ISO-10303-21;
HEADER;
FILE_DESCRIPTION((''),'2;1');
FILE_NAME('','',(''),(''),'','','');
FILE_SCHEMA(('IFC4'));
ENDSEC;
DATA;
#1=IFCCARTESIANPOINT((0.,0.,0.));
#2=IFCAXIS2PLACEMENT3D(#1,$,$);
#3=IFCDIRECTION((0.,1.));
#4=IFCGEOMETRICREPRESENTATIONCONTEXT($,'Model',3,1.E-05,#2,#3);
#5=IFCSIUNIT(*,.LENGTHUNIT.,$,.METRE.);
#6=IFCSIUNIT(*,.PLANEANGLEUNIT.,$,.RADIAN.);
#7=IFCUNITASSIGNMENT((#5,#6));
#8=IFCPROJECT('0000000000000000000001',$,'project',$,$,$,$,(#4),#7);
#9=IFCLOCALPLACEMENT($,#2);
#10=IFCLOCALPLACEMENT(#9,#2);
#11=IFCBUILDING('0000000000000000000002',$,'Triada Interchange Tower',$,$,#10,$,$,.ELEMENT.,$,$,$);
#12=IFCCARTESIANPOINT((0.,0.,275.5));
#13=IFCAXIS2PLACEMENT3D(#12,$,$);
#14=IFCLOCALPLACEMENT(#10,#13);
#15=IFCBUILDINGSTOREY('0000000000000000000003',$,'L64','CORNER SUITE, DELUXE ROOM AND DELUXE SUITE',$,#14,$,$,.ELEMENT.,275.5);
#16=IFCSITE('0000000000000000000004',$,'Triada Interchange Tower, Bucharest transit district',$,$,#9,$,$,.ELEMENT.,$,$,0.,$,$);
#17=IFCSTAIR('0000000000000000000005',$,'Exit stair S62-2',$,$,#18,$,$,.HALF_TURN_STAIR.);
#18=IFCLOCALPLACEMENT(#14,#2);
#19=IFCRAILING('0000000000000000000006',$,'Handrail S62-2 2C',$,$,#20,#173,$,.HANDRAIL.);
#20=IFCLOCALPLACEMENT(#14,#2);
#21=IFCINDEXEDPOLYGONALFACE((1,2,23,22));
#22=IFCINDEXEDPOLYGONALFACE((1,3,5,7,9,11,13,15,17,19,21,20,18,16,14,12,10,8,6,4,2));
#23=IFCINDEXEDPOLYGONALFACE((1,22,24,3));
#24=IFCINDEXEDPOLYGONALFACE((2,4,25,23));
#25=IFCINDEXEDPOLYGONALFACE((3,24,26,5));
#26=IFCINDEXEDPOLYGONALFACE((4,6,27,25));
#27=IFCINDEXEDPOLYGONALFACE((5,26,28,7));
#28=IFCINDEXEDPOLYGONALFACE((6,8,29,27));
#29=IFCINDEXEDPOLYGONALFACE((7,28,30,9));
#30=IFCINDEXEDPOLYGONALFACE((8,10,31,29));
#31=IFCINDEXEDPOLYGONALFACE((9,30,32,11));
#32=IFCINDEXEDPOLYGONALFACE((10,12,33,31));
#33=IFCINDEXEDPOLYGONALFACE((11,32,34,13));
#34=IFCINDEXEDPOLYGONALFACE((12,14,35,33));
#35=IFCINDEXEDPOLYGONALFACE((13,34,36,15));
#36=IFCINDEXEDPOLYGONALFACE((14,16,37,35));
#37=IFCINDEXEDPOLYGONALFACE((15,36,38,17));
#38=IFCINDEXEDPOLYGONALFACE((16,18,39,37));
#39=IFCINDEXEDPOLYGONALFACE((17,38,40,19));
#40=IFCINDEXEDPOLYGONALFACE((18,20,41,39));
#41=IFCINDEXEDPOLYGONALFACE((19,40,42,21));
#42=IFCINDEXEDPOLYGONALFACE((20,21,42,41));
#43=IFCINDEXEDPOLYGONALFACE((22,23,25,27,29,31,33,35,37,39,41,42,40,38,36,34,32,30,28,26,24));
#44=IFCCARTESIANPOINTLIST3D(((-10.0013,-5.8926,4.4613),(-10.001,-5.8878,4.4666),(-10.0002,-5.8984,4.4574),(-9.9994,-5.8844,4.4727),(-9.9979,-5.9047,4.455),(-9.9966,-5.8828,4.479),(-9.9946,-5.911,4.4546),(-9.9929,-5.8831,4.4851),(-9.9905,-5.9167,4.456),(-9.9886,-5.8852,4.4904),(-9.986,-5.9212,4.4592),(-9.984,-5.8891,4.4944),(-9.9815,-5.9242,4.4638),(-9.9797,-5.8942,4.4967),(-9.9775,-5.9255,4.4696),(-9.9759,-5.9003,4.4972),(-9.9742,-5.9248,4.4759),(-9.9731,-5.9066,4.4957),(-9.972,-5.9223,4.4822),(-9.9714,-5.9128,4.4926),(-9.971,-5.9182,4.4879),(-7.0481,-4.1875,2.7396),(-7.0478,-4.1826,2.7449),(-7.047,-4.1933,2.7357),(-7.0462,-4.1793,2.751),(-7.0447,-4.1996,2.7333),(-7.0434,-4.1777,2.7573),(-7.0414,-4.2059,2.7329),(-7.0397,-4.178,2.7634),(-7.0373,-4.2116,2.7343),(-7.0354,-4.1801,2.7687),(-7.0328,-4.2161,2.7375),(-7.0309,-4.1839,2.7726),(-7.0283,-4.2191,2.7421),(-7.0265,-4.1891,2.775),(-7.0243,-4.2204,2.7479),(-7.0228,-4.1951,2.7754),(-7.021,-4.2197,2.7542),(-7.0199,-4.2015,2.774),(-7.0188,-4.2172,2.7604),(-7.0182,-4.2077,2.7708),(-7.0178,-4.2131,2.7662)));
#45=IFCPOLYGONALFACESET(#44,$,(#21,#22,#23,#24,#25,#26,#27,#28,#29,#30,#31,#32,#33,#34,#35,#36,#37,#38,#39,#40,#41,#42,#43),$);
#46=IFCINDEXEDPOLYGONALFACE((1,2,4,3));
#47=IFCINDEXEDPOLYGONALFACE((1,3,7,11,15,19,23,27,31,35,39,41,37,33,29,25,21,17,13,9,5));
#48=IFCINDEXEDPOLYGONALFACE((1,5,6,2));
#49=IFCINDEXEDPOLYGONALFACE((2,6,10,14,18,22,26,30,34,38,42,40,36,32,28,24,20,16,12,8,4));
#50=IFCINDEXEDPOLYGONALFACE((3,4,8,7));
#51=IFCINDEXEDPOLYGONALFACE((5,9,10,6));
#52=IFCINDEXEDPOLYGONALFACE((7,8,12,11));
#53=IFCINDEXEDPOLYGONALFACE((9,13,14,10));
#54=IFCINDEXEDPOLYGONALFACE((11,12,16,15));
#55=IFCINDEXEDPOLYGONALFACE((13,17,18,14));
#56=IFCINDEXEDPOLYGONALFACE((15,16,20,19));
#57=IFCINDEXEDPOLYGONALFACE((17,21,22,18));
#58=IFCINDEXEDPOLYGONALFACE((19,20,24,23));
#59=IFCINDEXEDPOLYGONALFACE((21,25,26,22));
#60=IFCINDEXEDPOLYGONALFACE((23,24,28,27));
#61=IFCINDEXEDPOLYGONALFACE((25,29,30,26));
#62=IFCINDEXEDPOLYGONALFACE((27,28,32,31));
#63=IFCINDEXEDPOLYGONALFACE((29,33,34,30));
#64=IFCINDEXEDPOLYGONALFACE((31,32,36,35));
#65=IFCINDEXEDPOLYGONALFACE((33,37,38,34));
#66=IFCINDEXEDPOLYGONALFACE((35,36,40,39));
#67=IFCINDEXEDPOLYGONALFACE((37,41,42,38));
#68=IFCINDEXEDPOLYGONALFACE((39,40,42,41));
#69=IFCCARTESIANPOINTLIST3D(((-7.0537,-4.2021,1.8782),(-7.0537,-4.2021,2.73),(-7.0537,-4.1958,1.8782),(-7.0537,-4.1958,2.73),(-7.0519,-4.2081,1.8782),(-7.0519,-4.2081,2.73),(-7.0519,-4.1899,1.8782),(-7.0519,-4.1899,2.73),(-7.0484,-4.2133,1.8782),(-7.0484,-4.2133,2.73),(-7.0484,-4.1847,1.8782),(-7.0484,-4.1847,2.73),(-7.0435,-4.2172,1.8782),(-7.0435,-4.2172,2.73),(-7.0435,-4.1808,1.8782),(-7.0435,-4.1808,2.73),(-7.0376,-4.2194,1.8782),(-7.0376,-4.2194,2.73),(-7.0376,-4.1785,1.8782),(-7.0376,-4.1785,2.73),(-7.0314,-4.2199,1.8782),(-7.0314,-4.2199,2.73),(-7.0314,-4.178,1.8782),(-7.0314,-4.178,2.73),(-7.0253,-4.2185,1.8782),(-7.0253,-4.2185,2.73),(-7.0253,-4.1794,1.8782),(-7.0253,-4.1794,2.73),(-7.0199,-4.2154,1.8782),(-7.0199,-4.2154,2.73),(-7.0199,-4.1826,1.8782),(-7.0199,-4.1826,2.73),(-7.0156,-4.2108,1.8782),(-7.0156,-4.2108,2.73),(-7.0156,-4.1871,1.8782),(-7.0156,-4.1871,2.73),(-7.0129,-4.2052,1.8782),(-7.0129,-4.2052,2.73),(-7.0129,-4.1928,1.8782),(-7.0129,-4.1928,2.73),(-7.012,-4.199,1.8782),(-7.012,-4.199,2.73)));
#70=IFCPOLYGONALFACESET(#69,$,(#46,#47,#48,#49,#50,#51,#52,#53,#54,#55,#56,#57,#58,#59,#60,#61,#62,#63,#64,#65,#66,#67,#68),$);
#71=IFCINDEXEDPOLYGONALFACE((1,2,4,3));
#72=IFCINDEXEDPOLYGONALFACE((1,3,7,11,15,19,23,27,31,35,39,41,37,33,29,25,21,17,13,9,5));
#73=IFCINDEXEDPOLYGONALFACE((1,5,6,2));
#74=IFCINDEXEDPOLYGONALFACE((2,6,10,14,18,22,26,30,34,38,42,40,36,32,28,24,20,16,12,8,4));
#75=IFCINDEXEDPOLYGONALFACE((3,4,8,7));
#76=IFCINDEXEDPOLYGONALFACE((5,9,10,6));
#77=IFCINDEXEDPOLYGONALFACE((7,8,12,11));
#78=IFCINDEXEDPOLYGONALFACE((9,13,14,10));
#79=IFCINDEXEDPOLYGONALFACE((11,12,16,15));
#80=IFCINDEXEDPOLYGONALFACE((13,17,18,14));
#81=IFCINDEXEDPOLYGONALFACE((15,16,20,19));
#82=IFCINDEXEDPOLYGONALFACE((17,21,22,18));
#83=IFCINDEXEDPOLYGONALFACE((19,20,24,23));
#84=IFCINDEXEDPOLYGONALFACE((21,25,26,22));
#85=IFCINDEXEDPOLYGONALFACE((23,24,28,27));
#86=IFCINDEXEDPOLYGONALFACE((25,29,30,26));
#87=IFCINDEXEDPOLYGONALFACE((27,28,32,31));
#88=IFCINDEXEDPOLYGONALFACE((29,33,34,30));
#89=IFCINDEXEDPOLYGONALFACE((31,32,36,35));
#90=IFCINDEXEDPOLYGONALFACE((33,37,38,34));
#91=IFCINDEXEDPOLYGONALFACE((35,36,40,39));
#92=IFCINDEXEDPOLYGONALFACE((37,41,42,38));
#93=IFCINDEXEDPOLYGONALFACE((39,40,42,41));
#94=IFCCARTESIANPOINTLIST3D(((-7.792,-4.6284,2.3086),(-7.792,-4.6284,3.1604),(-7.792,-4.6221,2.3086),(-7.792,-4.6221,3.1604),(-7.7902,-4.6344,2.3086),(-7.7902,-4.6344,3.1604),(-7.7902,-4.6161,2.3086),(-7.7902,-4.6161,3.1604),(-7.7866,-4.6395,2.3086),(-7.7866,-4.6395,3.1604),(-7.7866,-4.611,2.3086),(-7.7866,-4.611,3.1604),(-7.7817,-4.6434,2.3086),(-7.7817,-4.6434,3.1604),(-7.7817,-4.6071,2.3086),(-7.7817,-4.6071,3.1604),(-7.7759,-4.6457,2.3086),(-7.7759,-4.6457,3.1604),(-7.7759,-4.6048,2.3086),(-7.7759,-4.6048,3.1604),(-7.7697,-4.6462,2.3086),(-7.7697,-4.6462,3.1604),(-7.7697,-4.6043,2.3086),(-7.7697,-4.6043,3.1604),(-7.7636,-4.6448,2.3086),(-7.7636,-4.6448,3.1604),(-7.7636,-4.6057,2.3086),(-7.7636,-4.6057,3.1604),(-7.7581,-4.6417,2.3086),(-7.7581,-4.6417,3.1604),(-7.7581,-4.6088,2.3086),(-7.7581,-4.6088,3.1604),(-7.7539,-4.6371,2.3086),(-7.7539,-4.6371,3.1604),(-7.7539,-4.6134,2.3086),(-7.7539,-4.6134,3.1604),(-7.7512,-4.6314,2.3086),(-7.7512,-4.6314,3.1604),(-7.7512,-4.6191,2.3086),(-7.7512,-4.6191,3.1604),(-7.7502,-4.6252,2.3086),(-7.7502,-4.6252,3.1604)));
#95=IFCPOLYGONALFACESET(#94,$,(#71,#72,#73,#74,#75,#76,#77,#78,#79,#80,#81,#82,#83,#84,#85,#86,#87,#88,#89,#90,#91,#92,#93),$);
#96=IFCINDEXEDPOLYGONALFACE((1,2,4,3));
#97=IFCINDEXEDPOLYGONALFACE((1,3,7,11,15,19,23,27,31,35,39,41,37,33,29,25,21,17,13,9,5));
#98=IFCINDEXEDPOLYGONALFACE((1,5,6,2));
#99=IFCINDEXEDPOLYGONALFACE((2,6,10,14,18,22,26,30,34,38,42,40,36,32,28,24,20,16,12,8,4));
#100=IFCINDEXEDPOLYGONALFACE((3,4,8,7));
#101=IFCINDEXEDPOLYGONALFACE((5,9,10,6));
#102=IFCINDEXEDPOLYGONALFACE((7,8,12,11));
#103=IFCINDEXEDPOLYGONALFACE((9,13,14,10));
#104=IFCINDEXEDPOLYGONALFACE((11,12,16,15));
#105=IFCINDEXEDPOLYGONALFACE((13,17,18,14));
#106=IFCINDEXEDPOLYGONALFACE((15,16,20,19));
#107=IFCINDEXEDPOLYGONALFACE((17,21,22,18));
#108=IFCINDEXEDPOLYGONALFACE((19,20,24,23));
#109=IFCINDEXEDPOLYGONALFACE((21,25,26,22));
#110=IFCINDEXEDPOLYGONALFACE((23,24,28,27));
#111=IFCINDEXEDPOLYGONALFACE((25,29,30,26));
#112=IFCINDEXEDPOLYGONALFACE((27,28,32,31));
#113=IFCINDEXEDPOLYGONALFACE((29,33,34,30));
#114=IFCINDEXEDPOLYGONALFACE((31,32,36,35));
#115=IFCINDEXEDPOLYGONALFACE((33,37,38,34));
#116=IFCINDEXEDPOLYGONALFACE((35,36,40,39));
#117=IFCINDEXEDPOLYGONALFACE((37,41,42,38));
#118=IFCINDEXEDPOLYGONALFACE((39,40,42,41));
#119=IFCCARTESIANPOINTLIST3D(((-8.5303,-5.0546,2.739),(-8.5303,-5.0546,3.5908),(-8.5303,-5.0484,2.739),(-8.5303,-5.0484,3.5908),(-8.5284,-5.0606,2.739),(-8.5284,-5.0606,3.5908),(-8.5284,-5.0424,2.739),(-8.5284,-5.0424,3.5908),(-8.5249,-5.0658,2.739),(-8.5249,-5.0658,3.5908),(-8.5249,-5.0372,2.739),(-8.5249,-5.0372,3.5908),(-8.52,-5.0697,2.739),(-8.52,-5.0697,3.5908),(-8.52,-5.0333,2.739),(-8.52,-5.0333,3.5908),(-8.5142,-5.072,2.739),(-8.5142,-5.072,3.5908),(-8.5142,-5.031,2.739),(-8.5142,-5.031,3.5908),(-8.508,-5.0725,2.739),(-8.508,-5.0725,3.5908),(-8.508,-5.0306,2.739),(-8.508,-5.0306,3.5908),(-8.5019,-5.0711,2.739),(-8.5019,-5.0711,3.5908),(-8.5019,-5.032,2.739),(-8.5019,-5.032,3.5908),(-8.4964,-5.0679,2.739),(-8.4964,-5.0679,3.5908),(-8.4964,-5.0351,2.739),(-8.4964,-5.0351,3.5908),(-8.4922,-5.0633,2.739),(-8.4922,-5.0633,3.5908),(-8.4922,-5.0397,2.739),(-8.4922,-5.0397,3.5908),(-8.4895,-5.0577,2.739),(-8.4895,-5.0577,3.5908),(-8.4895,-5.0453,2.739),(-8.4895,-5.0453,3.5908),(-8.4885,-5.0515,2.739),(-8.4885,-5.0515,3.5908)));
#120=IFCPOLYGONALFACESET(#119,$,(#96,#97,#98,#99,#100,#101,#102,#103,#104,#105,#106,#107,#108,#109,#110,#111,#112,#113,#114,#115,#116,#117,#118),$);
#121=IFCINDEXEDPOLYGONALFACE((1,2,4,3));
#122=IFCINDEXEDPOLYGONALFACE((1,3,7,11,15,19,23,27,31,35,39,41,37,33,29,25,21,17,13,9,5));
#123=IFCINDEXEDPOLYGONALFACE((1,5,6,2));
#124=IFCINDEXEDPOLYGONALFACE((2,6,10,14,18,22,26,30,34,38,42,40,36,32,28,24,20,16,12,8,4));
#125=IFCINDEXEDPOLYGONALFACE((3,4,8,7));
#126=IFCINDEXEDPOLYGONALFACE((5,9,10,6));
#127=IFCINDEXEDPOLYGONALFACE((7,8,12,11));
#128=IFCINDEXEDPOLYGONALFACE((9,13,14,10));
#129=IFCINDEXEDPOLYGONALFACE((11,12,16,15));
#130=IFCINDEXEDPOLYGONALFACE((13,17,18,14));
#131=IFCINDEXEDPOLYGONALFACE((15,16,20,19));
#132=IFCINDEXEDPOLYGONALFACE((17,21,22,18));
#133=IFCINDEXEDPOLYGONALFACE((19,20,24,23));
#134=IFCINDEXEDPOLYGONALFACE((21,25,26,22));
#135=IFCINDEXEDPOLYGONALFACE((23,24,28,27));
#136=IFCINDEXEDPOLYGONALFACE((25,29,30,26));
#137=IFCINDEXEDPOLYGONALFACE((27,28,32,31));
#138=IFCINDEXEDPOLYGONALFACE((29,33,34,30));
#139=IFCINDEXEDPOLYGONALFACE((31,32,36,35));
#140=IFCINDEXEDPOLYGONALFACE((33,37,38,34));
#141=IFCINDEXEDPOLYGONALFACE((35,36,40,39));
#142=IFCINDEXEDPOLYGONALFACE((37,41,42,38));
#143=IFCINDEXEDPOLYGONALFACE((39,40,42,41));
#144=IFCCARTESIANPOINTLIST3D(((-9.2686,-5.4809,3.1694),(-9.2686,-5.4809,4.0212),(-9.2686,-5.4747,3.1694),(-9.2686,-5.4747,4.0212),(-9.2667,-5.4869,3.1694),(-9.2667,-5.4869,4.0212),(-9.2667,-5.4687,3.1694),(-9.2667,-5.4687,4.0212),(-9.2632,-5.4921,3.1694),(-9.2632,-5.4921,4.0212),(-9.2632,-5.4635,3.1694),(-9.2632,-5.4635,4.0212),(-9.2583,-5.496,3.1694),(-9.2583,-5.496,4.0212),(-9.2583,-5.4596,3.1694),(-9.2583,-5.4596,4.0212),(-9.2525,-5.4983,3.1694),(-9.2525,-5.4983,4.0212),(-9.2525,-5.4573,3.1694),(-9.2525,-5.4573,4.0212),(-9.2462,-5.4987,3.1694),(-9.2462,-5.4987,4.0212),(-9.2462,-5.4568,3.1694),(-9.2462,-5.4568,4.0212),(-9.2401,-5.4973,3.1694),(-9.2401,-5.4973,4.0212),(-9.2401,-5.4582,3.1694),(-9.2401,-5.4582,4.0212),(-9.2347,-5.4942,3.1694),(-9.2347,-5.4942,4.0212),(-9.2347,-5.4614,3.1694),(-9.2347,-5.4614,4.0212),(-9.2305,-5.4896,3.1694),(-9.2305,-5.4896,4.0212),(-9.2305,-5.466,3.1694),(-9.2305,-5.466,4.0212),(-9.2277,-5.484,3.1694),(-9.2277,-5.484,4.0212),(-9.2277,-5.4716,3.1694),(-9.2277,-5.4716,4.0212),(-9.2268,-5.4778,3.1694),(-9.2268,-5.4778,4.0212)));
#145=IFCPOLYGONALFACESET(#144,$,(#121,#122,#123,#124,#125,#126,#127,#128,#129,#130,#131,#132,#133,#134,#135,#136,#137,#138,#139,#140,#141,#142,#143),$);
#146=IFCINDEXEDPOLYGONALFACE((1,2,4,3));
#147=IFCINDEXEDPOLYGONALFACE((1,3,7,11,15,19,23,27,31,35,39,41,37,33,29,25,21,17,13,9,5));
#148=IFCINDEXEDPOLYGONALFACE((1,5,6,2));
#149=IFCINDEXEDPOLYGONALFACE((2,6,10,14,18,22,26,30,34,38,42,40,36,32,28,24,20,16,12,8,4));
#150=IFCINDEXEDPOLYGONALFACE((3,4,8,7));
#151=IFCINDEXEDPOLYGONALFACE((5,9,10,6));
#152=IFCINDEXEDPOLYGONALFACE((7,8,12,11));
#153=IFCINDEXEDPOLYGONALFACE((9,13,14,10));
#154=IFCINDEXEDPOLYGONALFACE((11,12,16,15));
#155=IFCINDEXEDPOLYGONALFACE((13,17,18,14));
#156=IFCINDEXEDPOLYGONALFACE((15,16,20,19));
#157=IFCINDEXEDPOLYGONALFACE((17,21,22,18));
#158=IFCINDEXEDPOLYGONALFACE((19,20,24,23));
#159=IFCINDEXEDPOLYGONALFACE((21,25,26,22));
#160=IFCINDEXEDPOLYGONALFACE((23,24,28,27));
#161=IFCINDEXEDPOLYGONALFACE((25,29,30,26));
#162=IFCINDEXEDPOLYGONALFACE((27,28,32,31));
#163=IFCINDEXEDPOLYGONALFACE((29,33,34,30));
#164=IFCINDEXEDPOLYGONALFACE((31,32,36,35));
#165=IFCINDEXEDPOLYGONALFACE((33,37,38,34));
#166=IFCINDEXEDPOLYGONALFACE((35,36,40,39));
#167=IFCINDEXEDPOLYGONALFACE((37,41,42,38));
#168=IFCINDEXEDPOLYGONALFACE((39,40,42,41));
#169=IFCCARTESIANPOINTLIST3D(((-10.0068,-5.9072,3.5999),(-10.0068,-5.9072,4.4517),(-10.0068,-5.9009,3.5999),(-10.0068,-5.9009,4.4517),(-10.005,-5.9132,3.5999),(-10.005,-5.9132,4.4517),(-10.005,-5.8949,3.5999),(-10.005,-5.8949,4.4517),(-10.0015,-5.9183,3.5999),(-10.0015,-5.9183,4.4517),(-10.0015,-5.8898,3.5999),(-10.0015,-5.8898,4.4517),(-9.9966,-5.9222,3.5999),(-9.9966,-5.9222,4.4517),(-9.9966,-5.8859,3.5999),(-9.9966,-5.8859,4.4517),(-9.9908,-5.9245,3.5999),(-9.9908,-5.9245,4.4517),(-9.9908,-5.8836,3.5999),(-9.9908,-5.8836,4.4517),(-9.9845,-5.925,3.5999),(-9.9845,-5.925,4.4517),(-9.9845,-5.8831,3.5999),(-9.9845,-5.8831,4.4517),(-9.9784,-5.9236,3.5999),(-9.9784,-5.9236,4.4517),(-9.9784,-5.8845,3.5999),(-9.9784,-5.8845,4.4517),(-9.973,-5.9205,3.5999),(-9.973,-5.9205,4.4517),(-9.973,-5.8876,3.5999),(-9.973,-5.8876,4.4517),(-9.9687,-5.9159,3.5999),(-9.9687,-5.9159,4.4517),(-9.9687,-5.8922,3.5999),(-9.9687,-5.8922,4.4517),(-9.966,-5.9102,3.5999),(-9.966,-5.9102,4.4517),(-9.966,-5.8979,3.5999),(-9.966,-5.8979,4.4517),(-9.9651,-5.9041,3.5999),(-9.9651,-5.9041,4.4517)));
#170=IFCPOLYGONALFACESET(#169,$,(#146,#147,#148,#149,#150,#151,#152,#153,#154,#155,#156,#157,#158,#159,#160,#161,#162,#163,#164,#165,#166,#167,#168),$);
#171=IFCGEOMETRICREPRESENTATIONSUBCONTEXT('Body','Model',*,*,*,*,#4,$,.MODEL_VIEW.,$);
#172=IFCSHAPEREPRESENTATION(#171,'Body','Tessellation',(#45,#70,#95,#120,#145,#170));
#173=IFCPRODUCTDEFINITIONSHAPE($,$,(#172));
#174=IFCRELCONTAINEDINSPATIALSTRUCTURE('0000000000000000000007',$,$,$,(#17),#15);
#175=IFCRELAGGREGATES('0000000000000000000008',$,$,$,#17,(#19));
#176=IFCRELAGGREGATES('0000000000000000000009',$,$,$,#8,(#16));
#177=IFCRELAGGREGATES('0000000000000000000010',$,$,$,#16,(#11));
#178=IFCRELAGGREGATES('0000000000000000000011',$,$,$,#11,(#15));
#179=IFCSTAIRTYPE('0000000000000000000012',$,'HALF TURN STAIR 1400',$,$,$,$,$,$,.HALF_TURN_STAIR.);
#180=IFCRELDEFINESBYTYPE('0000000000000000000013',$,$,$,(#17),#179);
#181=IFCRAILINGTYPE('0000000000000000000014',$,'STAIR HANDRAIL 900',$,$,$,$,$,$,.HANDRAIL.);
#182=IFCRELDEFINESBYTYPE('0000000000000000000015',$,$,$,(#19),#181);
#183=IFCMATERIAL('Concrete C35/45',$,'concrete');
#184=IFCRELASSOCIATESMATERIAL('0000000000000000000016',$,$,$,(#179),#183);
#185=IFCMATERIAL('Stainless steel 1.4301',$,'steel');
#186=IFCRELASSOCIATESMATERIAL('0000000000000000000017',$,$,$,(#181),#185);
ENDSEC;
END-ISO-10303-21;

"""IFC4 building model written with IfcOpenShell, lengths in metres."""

from ifc_helpers import new_model, si_unit, direction, frame, origin, origin_2d, place, context, subcontext, project, spatial, circle, extrude, material, type_object, element, aggregate, save


model = new_model("IFC4")

# Units and contexts
model_context = context("Model", 3, precision=1e-05, world=origin(), true_north=direction((0.0, 1.0)))
body_context = subcontext(model_context, "Body", "Model", "MODEL_VIEW")
ifc_project = project(units=[si_unit("LENGTHUNIT", "METRE"), si_unit("PLANEANGLEUNIT", "RADIAN")], contexts=[model_context])

# Site, building, storey
site_placement = place(None, origin())
site = spatial("IfcSite", under=ifc_project, at=site_placement, Name="Triada Interchange Tower, Bucharest transit district", CompositionType="ELEMENT", RefElevation=0.0)
building_placement = place(site_placement, origin())
building = spatial("IfcBuilding", under=site, at=building_placement, Name="Triada Interchange Tower", CompositionType="ELEMENT")
storey_placement = place(building_placement, frame((0.0, 0.0, 275.5)))
storey = spatial("IfcBuildingStorey", under=building, at=storey_placement, Name="L64", Description="CORNER SUITE, DELUXE ROOM AND DELUXE SUITE", CompositionType="ELEMENT", Elevation=275.5)

# Stair, railing
ifc_material_1 = material(Name="Concrete C35/45", Category="concrete")
stair_type = type_object("IfcStairType", Name="HALF TURN STAIR 1400", PredefinedType="HALF_TURN_STAIR", material=ifc_material_1)
stair_placement = place(storey_placement, origin())
stair = element("IfcStair", 1, at=stair_placement, inside=storey, type_object=stair_type, Name="Exit stair S62-2", PredefinedType="HALF_TURN_STAIR")
ifc_material_2 = material(Name="Stainless steel 1.4301", Category="steel")
railing_type = type_object("IfcRailingType", Name="STAIR HANDRAIL 900", PredefinedType="HANDRAIL", material=ifc_material_2)
railing_1_placement = place(storey_placement, frame((-7.033, -4.199, 1.8782)))
railing_1 = element("IfcRailing", 2, at=railing_1_placement, type_object=railing_type, Name="Handrail S62-2 2C", PredefinedType="HANDRAIL", context=body_context, shape_type="SweptSolid", body=[
    extrude(circle(Radius=0.0239, at=origin_2d()), frame((0.0, 0.0, 0.876), z_axis=(-0.773069, -0.446355, 0.450701), x_axis=(0.50002, -0.866014, 0.0)), (0.0, 0.0, 1.0), 3.8201),
    extrude(circle(Radius=0.021, at=origin_2d()), origin(), (0.0, 0.0, 1.0), 0.8518),
    extrude(circle(Radius=0.021, at=origin_2d()), frame((-0.7383, -0.4263, 0.4304)), (0.0, 0.0, 1.0), 0.8518),
    extrude(circle(Radius=0.021, at=origin_2d()), frame((-1.4766, -0.8525, 0.8608)), (0.0, 0.0, 1.0), 0.8518),
    extrude(circle(Radius=0.021, at=origin_2d()), frame((-2.2148, -1.2788, 1.2913)), (0.0, 0.0, 1.0), 0.8518),
    extrude(circle(Radius=0.021, at=origin_2d()), frame((-2.9531, -1.7051, 1.7217)), (0.0, 0.0, 1.0), 0.8518),
])
aggregate(stair, [railing_1])

save(model, "model.ifc")
